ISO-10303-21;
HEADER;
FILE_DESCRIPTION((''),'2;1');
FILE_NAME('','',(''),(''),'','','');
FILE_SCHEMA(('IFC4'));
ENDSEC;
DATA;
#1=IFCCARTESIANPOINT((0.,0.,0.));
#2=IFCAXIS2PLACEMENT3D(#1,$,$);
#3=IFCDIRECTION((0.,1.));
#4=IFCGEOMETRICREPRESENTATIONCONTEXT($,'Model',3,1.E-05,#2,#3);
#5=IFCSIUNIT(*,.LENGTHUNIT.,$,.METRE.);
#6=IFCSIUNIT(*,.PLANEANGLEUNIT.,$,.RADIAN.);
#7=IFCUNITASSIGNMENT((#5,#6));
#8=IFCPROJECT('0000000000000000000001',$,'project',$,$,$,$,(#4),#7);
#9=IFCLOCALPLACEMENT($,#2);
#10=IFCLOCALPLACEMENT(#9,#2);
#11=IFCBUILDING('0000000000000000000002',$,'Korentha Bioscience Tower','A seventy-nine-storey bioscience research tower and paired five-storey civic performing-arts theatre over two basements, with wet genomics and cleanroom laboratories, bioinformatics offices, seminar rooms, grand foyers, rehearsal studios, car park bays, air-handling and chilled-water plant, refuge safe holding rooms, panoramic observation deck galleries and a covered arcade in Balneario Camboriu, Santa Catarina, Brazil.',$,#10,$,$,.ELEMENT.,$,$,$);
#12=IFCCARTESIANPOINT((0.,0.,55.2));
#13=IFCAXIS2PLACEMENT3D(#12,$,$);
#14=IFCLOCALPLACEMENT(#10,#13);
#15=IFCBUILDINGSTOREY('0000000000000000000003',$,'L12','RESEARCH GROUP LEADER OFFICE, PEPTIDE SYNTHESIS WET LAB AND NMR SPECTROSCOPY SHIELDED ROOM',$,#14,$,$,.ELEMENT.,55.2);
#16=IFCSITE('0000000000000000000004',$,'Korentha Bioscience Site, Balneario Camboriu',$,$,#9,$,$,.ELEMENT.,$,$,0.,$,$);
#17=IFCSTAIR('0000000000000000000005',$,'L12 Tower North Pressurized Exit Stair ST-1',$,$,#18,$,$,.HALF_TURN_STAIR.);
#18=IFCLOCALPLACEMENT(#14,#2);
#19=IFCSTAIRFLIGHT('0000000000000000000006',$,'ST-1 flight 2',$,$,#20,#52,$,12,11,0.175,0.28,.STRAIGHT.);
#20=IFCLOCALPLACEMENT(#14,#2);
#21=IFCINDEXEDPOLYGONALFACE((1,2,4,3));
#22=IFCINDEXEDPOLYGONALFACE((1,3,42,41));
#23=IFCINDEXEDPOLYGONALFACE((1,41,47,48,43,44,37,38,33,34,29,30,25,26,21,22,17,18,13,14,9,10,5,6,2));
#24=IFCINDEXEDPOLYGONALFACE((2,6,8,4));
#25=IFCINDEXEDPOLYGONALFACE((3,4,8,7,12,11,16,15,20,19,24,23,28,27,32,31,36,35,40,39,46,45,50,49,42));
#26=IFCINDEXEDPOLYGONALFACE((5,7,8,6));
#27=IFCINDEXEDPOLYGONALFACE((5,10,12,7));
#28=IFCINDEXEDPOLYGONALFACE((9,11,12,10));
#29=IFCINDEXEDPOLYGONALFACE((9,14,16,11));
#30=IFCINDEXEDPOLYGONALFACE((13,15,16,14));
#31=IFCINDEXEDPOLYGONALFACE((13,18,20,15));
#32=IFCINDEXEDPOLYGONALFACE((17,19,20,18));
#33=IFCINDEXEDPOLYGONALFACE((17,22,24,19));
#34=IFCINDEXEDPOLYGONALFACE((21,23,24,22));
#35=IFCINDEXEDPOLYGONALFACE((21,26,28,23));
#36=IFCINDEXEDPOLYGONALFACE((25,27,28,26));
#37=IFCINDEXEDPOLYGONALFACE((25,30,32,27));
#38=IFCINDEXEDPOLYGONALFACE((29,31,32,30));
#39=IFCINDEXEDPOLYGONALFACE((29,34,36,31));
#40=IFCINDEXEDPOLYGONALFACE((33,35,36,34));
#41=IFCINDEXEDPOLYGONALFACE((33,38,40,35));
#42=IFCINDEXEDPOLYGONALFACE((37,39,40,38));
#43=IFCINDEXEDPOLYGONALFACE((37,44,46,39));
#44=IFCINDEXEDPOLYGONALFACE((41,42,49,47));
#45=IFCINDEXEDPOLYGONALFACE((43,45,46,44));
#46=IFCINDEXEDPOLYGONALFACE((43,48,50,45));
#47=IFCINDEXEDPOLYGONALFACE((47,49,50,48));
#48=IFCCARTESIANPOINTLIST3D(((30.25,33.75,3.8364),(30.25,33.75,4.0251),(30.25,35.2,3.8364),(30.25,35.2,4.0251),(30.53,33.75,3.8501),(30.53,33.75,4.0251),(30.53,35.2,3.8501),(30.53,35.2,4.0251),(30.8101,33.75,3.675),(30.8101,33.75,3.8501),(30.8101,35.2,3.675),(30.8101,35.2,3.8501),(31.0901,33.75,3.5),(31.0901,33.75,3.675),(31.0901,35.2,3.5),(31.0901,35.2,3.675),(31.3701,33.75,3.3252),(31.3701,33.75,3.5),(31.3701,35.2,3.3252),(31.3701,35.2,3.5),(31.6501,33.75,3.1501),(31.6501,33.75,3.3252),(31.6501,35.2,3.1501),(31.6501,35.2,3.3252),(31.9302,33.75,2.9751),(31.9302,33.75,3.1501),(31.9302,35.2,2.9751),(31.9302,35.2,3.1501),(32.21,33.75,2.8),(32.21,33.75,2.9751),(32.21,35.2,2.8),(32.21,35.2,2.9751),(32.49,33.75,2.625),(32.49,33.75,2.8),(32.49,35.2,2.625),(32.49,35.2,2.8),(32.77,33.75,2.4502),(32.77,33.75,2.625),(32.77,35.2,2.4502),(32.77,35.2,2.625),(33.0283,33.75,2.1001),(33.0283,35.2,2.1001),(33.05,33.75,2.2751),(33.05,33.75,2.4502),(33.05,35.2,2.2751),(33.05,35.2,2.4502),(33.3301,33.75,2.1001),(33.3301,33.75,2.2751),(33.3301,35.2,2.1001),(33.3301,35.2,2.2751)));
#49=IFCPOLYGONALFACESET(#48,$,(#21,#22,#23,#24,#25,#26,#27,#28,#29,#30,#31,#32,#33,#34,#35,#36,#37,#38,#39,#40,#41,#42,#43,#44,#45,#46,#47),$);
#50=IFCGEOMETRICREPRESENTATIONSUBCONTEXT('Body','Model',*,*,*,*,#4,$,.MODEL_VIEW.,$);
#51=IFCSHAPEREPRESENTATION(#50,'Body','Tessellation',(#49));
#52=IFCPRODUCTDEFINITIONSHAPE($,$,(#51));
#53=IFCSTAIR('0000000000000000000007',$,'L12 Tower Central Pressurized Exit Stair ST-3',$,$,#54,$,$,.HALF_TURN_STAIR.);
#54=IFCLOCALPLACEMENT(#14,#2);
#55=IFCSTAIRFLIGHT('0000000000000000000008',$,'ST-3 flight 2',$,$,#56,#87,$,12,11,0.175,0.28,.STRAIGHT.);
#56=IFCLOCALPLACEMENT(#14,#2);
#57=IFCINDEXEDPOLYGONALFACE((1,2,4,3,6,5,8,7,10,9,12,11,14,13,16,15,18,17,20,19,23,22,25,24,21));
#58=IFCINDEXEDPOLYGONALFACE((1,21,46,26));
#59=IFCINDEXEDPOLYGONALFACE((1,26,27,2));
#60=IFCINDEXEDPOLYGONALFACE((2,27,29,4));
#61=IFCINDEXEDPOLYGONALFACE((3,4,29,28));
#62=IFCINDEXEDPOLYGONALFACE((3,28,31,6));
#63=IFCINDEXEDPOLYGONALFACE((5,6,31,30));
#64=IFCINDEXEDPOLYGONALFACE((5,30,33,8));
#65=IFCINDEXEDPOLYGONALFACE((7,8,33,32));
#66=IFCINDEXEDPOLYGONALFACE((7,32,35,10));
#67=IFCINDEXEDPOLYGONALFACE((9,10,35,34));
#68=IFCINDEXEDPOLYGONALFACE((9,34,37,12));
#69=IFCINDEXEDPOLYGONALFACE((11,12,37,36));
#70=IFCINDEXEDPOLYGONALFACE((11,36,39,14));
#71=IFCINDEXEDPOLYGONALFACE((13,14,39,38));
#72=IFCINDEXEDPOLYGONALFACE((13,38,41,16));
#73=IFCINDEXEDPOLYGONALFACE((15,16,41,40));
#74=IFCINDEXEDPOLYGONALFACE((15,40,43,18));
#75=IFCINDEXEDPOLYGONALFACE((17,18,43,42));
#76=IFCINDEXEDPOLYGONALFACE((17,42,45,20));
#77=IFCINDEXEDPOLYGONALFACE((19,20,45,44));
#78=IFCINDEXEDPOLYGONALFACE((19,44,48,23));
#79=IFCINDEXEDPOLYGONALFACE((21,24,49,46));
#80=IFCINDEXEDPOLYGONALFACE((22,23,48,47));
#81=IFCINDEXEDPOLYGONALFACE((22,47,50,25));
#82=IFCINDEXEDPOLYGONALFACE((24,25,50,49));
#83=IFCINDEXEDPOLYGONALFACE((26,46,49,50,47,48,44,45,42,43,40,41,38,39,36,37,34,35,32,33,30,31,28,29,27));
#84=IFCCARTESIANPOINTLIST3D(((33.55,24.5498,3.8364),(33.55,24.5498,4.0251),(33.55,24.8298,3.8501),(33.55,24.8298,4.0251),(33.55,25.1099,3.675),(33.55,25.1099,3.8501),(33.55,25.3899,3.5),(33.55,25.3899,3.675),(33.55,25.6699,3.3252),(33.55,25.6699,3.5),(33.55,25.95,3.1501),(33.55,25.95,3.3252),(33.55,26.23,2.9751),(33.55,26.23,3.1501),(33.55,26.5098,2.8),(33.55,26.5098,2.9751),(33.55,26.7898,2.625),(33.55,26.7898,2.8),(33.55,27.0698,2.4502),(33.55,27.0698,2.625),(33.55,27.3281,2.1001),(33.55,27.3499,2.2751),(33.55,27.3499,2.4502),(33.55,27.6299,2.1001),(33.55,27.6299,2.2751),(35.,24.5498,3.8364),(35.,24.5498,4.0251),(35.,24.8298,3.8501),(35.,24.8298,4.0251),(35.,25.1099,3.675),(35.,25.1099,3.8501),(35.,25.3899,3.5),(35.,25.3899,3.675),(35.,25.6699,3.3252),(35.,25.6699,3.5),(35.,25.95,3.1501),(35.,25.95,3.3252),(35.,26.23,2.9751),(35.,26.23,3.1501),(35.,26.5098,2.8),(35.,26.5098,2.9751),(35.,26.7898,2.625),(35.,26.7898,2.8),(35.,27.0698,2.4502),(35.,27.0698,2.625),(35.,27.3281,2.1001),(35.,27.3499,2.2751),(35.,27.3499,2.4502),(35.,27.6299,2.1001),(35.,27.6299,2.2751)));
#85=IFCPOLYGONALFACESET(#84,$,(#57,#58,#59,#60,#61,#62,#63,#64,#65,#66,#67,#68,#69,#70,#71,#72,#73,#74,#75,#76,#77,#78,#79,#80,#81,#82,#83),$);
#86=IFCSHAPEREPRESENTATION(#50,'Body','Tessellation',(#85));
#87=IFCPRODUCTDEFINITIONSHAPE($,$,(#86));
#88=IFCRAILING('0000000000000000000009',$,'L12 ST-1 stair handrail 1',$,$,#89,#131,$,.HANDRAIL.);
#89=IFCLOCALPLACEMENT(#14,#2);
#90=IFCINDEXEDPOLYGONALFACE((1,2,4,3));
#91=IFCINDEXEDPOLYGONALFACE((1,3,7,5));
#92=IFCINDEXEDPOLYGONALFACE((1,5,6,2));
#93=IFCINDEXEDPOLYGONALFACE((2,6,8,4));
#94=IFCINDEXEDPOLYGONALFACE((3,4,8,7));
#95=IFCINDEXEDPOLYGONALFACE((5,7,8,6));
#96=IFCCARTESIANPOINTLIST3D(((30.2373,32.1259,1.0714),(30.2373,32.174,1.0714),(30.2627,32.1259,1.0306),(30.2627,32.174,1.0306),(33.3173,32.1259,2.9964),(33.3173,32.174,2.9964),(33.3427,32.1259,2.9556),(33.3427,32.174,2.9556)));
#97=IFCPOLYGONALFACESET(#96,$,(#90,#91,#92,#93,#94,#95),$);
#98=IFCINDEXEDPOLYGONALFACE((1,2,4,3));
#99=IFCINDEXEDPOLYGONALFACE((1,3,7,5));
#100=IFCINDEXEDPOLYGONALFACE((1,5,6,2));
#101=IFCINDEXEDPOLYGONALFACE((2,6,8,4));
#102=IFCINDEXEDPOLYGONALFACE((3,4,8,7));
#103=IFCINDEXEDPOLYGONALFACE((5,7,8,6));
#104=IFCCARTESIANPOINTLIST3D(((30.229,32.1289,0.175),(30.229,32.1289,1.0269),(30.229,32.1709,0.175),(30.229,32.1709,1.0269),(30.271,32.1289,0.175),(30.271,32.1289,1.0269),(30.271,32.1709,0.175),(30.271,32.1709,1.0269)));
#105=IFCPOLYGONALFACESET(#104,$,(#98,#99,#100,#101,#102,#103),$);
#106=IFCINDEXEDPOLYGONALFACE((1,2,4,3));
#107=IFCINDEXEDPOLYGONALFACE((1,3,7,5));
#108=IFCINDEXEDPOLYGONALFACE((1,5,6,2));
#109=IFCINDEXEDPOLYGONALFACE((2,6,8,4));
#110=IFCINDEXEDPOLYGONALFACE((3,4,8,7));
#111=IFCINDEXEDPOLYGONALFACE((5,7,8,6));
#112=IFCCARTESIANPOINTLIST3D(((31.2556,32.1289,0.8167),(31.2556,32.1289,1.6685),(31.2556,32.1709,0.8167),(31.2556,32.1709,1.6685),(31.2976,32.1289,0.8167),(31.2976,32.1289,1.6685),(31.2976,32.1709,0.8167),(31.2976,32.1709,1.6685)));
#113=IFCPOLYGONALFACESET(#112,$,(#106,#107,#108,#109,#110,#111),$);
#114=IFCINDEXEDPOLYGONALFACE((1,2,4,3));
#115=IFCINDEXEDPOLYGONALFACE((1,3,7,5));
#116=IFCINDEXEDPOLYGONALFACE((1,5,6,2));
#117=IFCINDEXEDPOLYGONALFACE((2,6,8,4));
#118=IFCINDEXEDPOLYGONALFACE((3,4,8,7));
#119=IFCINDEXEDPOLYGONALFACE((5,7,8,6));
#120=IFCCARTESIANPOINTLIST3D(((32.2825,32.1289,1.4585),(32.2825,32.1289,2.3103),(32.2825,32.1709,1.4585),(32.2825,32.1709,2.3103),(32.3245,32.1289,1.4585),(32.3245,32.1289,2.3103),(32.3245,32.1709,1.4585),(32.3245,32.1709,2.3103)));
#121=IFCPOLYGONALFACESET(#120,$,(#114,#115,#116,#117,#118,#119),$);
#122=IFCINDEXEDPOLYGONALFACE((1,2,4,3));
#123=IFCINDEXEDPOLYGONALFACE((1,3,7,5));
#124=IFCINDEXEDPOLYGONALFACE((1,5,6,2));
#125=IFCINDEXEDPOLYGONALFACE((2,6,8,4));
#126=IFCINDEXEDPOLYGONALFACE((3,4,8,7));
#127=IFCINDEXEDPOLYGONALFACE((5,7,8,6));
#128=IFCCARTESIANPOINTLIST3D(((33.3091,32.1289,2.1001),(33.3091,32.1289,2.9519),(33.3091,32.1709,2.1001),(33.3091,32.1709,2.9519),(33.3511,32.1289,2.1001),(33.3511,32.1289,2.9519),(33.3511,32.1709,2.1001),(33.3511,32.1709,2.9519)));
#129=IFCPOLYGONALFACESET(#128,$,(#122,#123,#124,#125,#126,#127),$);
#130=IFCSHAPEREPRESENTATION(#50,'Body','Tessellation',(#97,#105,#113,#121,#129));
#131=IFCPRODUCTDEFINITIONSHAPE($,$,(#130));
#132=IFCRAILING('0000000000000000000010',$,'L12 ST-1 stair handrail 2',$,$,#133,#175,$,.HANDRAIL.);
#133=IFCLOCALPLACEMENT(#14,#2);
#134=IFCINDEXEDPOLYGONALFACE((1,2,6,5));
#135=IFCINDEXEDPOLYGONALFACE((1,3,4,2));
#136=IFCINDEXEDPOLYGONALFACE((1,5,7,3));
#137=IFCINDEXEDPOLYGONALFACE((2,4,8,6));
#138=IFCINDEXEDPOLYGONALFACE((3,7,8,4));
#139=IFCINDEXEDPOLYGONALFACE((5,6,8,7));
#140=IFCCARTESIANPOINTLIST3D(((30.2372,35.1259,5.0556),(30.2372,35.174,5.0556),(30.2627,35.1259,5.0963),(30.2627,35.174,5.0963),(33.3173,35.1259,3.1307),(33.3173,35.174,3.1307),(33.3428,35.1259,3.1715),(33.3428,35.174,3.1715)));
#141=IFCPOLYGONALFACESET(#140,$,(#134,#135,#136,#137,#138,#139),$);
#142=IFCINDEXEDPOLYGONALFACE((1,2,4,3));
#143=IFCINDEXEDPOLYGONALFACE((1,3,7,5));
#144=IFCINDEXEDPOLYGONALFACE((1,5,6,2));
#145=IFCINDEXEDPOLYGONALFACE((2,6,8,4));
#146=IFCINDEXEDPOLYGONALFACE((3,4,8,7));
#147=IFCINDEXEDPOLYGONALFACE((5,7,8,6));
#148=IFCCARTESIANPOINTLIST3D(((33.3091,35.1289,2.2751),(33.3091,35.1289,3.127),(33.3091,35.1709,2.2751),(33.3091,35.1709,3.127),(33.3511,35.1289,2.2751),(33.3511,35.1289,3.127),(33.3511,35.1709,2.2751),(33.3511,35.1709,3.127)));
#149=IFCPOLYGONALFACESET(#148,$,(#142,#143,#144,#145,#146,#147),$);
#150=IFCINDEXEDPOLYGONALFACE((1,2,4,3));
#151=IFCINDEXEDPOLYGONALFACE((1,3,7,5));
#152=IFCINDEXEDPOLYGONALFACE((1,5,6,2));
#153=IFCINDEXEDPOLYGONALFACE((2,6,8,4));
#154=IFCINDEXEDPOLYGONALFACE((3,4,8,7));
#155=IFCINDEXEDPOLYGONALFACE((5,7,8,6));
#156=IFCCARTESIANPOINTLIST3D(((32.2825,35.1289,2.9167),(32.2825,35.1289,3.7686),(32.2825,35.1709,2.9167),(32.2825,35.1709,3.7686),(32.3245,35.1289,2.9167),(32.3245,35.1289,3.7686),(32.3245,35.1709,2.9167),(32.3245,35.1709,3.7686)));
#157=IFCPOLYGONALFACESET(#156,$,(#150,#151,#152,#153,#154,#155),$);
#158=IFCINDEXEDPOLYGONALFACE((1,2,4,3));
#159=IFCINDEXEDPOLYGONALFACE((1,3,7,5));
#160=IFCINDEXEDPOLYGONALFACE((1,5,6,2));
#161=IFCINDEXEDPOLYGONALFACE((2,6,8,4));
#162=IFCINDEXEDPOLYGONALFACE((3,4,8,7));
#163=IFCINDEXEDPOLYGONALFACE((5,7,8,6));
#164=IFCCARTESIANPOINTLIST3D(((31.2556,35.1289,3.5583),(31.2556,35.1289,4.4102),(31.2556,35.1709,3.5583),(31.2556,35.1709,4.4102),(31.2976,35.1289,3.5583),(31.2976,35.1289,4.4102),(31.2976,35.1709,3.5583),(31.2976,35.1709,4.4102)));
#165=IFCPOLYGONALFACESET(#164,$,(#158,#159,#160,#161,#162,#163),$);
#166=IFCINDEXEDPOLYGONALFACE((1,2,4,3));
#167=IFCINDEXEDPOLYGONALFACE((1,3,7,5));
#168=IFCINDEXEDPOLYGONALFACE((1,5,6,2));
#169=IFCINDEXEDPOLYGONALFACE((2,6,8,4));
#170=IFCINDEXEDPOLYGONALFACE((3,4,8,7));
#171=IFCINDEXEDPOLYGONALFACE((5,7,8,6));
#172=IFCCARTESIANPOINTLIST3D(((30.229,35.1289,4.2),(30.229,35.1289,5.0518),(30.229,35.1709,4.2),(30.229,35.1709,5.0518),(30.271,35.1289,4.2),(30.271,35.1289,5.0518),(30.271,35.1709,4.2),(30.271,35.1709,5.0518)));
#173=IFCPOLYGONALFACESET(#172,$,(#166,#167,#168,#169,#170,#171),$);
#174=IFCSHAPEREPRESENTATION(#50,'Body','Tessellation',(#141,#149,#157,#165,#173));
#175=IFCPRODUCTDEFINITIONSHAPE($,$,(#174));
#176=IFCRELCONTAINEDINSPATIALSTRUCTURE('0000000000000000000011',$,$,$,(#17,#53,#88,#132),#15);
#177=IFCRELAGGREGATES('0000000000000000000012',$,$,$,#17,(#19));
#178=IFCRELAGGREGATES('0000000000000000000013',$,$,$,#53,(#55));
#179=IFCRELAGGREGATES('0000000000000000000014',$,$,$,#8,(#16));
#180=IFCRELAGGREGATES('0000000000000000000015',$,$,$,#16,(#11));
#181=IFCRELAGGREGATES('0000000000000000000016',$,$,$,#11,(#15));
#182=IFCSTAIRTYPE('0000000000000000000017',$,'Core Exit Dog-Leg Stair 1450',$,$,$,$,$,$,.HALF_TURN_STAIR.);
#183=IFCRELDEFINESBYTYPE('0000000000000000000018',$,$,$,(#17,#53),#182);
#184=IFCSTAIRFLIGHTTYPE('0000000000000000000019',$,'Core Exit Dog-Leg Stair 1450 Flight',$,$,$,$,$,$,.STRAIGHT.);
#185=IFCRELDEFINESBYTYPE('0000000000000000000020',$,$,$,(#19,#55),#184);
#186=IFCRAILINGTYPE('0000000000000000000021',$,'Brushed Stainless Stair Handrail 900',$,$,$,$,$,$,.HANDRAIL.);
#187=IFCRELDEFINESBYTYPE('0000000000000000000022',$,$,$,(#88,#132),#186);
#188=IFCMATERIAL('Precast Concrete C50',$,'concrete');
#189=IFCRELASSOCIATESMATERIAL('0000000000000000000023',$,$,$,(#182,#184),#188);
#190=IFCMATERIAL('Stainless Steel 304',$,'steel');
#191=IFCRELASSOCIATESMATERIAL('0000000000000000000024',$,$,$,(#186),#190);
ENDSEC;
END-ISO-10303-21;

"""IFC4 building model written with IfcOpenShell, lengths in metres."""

from ifc_helpers import new_model, si_unit, direction, frame, origin, origin_2d, place, context, subcontext, project, spatial, polyline, rectangle, outline, extrude, material, type_object, element, aggregate, save


model = new_model("IFC4")

# Units and contexts
model_context = context("Model", 3, precision=1e-05, world=origin(), true_north=direction((0.0, 1.0)))
body_context = subcontext(model_context, "Body", "Model", "MODEL_VIEW")
ifc_project = project(units=[si_unit("LENGTHUNIT", "METRE"), si_unit("PLANEANGLEUNIT", "RADIAN")], contexts=[model_context])

# Site, building, storey
site_placement = place(None, origin())
site = spatial("IfcSite", under=ifc_project, at=site_placement, Name="Korentha Bioscience Site, Balneario Camboriu", CompositionType="ELEMENT", RefElevation=0.0)
building_placement = place(site_placement, origin())
building = spatial("IfcBuilding", under=site, at=building_placement, Name="Korentha Bioscience Tower", Description="A seventy-nine-storey bioscience research tower and paired five-storey civic performing-arts theatre over two basements, with wet genomics and cleanroom laboratories, bioinformatics offices, seminar rooms, grand foyers, rehearsal studios, car park bays, air-handling and chilled-water plant, refuge safe holding rooms, panoramic observation deck galleries and a covered arcade in Balneario Camboriu, Santa Catarina, Brazil.", CompositionType="ELEMENT")
storey_placement = place(building_placement, frame((0.0, 0.0, 55.2)))
storey = spatial("IfcBuildingStorey", under=building, at=storey_placement, Name="L12", Description="RESEARCH GROUP LEADER OFFICE, PEPTIDE SYNTHESIS WET LAB AND NMR SPECTROSCOPY SHIELDED ROOM", CompositionType="ELEMENT", Elevation=55.2)

# Stair, stair flight
ifc_material_1 = material(Name="Precast Concrete C50", Category="concrete")
stair_type = type_object("IfcStairType", Name="Core Exit Dog-Leg Stair 1450", PredefinedType="HALF_TURN_STAIR", material=ifc_material_1)
stair_1_placement = place(storey_placement, origin())
stair_1 = element("IfcStair", 1, at=stair_1_placement, inside=storey, type_object=stair_type, Name="L12 Tower North Pressurized Exit Stair ST-1", PredefinedType="HALF_TURN_STAIR")
stair_flight_type = type_object("IfcStairFlightType", Name="Core Exit Dog-Leg Stair 1450 Flight", PredefinedType="STRAIGHT", material=ifc_material_1)
stair_flight_1_placement = place(storey_placement, frame((33.3301, 34.4751, 2.1001), z_axis=(0.0, 0.0, 1.0), x_axis=(-1.0, 0.0, 0.0)))
stair_flight_1 = element("IfcStairFlight", 2, at=stair_flight_1_placement, type_object=stair_flight_type, Name="ST-1 flight 2", NumberOfRisers=12, NumberOfTreads=11, PredefinedType="STRAIGHT", RiserHeight=0.175, TreadLength=0.28, context=body_context, shape_type="SweptSolid", body=[
    extrude(outline(polyline([(0.0, 0.0), (0.0, 0.175), (0.28, 0.175), (0.28, 0.3501), (0.5601, 0.3501), (0.5601, 0.5249), (0.8401, 0.5249), (0.8401, 0.7), (1.1201, 0.7), (1.1201, 0.875), (1.3999, 0.875), (1.3999, 1.05), (1.6799, 1.05), (1.6799, 1.2251), (1.96, 1.2251), (1.96, 1.3999), (2.24, 1.3999), (2.24, 1.575), (2.52, 1.575), (2.52, 1.75), (2.8, 1.75), (2.8, 1.925), (3.0801, 1.925), (3.0801, 2.1001), (3.0801, 1.7363), (0.3018, 0.0), (0.0, 0.0)])), frame((0.0, 0.7251, 0.0), z_axis=(0.0, -1.0, 0.0), x_axis=(1.0, 0.0, 0.0)), (0.0, 0.0, 1.0), 1.45),
])
aggregate(stair_1, [stair_flight_1])

# Stair, stair flight
stair_2_placement = place(storey_placement, origin())
stair_2 = element("IfcStair", 3, at=stair_2_placement, inside=storey, type_object=stair_type, Name="L12 Tower Central Pressurized Exit Stair ST-3", PredefinedType="HALF_TURN_STAIR")
stair_flight_2_placement = place(storey_placement, frame((34.2749, 27.6299, 2.1001), z_axis=(0.0, 0.0, 1.0), x_axis=(0.0, -1.0, 0.0)))
stair_flight_2 = element("IfcStairFlight", 4, at=stair_flight_2_placement, type_object=stair_flight_type, Name="ST-3 flight 2", NumberOfRisers=12, NumberOfTreads=11, PredefinedType="STRAIGHT", RiserHeight=0.175, TreadLength=0.28, context=body_context, shape_type="SweptSolid", body=[
    extrude(outline(polyline([(0.0, 0.0), (0.0, 0.175), (0.28, 0.175), (0.28, 0.3501), (0.5601, 0.3501), (0.5601, 0.5249), (0.8401, 0.5249), (0.8401, 0.7), (1.1201, 0.7), (1.1201, 0.875), (1.3999, 0.875), (1.3999, 1.05), (1.6799, 1.05), (1.6799, 1.2251), (1.96, 1.2251), (1.96, 1.3999), (2.24, 1.3999), (2.24, 1.575), (2.52, 1.575), (2.52, 1.75), (2.8, 1.75), (2.8, 1.925), (3.0801, 1.925), (3.0801, 2.1001), (3.0801, 1.7363), (0.3018, 0.0), (0.0, 0.0)])), frame((0.0, 0.7251, 0.0), z_axis=(0.0, -1.0, 0.0), x_axis=(1.0, 0.0, 0.0)), (0.0, 0.0, 1.0), 1.45),
])
aggregate(stair_2, [stair_flight_2])

# Railings
ifc_material_2 = material(Name="Stainless Steel 304", Category="steel")
railing_type_1 = type_object("IfcRailingType", Name="Brushed Stainless Stair Handrail 900", PredefinedType="HANDRAIL", material=ifc_material_2)
railing_1_placement = place(storey_placement, frame((30.25, 32.1499, 0.175)))
element("IfcRailing", 5, at=railing_1_placement, inside=storey, type_object=railing_type_1, Name="L12 ST-1 stair handrail 1", PredefinedType="HANDRAIL", context=body_context, shape_type="SweptSolid", body=[
    extrude(rectangle(XDim=0.0481, YDim=0.0481, at=origin_2d()), frame((0.0, 0.0, 0.876), z_axis=(0.847998, 0.0, 0.529999), x_axis=(0.0, 1.0, 0.0)), (0.0, 0.0, 1.0), 3.6321),
    extrude(rectangle(XDim=0.042, YDim=0.042, at=origin_2d()), origin(), (0.0, 0.0, 1.0), 0.8518),
    extrude(rectangle(XDim=0.042, YDim=0.042, at=origin_2d()), frame((1.0266, 0.0, 0.6416)), (0.0, 0.0, 1.0), 0.8518),
    extrude(rectangle(XDim=0.042, YDim=0.042, at=origin_2d()), frame((2.0535, 0.0, 1.2834)), (0.0, 0.0, 1.0), 0.8518),
    extrude(rectangle(XDim=0.042, YDim=0.042, at=origin_2d()), frame((3.0801, 0.0, 1.925)), (0.0, 0.0, 1.0), 0.8518),
])
railing_2_placement = place(storey_placement, frame((33.3301, 35.1499, 2.2751)))
element("IfcRailing", 6, at=railing_2_placement, inside=storey, type_object=railing_type_1, Name="L12 ST-1 stair handrail 2", PredefinedType="HANDRAIL", context=body_context, shape_type="SweptSolid", body=[
    extrude(rectangle(XDim=0.0481, YDim=0.0481, at=origin_2d()), frame((0.0, 0.0, 0.876), z_axis=(-0.848029, 0.0, 0.529951), x_axis=(0.0, -1.0, 0.0)), (0.0, 0.0, 1.0), 3.6321),
    extrude(rectangle(XDim=0.042, YDim=0.042, at=origin_2d()), origin(), (0.0, 0.0, 1.0), 0.8518),
    extrude(rectangle(XDim=0.042, YDim=0.042, at=origin_2d()), frame((-1.0266, 0.0, 0.6416)), (0.0, 0.0, 1.0), 0.8518),
    extrude(rectangle(XDim=0.042, YDim=0.042, at=origin_2d()), frame((-2.0535, 0.0, 1.2832)), (0.0, 0.0, 1.0), 0.8518),
    extrude(rectangle(XDim=0.042, YDim=0.042, at=origin_2d()), frame((-3.0801, 0.0, 1.9248)), (0.0, 0.0, 1.0), 0.8518),
])

save(model, "model.ifc")
